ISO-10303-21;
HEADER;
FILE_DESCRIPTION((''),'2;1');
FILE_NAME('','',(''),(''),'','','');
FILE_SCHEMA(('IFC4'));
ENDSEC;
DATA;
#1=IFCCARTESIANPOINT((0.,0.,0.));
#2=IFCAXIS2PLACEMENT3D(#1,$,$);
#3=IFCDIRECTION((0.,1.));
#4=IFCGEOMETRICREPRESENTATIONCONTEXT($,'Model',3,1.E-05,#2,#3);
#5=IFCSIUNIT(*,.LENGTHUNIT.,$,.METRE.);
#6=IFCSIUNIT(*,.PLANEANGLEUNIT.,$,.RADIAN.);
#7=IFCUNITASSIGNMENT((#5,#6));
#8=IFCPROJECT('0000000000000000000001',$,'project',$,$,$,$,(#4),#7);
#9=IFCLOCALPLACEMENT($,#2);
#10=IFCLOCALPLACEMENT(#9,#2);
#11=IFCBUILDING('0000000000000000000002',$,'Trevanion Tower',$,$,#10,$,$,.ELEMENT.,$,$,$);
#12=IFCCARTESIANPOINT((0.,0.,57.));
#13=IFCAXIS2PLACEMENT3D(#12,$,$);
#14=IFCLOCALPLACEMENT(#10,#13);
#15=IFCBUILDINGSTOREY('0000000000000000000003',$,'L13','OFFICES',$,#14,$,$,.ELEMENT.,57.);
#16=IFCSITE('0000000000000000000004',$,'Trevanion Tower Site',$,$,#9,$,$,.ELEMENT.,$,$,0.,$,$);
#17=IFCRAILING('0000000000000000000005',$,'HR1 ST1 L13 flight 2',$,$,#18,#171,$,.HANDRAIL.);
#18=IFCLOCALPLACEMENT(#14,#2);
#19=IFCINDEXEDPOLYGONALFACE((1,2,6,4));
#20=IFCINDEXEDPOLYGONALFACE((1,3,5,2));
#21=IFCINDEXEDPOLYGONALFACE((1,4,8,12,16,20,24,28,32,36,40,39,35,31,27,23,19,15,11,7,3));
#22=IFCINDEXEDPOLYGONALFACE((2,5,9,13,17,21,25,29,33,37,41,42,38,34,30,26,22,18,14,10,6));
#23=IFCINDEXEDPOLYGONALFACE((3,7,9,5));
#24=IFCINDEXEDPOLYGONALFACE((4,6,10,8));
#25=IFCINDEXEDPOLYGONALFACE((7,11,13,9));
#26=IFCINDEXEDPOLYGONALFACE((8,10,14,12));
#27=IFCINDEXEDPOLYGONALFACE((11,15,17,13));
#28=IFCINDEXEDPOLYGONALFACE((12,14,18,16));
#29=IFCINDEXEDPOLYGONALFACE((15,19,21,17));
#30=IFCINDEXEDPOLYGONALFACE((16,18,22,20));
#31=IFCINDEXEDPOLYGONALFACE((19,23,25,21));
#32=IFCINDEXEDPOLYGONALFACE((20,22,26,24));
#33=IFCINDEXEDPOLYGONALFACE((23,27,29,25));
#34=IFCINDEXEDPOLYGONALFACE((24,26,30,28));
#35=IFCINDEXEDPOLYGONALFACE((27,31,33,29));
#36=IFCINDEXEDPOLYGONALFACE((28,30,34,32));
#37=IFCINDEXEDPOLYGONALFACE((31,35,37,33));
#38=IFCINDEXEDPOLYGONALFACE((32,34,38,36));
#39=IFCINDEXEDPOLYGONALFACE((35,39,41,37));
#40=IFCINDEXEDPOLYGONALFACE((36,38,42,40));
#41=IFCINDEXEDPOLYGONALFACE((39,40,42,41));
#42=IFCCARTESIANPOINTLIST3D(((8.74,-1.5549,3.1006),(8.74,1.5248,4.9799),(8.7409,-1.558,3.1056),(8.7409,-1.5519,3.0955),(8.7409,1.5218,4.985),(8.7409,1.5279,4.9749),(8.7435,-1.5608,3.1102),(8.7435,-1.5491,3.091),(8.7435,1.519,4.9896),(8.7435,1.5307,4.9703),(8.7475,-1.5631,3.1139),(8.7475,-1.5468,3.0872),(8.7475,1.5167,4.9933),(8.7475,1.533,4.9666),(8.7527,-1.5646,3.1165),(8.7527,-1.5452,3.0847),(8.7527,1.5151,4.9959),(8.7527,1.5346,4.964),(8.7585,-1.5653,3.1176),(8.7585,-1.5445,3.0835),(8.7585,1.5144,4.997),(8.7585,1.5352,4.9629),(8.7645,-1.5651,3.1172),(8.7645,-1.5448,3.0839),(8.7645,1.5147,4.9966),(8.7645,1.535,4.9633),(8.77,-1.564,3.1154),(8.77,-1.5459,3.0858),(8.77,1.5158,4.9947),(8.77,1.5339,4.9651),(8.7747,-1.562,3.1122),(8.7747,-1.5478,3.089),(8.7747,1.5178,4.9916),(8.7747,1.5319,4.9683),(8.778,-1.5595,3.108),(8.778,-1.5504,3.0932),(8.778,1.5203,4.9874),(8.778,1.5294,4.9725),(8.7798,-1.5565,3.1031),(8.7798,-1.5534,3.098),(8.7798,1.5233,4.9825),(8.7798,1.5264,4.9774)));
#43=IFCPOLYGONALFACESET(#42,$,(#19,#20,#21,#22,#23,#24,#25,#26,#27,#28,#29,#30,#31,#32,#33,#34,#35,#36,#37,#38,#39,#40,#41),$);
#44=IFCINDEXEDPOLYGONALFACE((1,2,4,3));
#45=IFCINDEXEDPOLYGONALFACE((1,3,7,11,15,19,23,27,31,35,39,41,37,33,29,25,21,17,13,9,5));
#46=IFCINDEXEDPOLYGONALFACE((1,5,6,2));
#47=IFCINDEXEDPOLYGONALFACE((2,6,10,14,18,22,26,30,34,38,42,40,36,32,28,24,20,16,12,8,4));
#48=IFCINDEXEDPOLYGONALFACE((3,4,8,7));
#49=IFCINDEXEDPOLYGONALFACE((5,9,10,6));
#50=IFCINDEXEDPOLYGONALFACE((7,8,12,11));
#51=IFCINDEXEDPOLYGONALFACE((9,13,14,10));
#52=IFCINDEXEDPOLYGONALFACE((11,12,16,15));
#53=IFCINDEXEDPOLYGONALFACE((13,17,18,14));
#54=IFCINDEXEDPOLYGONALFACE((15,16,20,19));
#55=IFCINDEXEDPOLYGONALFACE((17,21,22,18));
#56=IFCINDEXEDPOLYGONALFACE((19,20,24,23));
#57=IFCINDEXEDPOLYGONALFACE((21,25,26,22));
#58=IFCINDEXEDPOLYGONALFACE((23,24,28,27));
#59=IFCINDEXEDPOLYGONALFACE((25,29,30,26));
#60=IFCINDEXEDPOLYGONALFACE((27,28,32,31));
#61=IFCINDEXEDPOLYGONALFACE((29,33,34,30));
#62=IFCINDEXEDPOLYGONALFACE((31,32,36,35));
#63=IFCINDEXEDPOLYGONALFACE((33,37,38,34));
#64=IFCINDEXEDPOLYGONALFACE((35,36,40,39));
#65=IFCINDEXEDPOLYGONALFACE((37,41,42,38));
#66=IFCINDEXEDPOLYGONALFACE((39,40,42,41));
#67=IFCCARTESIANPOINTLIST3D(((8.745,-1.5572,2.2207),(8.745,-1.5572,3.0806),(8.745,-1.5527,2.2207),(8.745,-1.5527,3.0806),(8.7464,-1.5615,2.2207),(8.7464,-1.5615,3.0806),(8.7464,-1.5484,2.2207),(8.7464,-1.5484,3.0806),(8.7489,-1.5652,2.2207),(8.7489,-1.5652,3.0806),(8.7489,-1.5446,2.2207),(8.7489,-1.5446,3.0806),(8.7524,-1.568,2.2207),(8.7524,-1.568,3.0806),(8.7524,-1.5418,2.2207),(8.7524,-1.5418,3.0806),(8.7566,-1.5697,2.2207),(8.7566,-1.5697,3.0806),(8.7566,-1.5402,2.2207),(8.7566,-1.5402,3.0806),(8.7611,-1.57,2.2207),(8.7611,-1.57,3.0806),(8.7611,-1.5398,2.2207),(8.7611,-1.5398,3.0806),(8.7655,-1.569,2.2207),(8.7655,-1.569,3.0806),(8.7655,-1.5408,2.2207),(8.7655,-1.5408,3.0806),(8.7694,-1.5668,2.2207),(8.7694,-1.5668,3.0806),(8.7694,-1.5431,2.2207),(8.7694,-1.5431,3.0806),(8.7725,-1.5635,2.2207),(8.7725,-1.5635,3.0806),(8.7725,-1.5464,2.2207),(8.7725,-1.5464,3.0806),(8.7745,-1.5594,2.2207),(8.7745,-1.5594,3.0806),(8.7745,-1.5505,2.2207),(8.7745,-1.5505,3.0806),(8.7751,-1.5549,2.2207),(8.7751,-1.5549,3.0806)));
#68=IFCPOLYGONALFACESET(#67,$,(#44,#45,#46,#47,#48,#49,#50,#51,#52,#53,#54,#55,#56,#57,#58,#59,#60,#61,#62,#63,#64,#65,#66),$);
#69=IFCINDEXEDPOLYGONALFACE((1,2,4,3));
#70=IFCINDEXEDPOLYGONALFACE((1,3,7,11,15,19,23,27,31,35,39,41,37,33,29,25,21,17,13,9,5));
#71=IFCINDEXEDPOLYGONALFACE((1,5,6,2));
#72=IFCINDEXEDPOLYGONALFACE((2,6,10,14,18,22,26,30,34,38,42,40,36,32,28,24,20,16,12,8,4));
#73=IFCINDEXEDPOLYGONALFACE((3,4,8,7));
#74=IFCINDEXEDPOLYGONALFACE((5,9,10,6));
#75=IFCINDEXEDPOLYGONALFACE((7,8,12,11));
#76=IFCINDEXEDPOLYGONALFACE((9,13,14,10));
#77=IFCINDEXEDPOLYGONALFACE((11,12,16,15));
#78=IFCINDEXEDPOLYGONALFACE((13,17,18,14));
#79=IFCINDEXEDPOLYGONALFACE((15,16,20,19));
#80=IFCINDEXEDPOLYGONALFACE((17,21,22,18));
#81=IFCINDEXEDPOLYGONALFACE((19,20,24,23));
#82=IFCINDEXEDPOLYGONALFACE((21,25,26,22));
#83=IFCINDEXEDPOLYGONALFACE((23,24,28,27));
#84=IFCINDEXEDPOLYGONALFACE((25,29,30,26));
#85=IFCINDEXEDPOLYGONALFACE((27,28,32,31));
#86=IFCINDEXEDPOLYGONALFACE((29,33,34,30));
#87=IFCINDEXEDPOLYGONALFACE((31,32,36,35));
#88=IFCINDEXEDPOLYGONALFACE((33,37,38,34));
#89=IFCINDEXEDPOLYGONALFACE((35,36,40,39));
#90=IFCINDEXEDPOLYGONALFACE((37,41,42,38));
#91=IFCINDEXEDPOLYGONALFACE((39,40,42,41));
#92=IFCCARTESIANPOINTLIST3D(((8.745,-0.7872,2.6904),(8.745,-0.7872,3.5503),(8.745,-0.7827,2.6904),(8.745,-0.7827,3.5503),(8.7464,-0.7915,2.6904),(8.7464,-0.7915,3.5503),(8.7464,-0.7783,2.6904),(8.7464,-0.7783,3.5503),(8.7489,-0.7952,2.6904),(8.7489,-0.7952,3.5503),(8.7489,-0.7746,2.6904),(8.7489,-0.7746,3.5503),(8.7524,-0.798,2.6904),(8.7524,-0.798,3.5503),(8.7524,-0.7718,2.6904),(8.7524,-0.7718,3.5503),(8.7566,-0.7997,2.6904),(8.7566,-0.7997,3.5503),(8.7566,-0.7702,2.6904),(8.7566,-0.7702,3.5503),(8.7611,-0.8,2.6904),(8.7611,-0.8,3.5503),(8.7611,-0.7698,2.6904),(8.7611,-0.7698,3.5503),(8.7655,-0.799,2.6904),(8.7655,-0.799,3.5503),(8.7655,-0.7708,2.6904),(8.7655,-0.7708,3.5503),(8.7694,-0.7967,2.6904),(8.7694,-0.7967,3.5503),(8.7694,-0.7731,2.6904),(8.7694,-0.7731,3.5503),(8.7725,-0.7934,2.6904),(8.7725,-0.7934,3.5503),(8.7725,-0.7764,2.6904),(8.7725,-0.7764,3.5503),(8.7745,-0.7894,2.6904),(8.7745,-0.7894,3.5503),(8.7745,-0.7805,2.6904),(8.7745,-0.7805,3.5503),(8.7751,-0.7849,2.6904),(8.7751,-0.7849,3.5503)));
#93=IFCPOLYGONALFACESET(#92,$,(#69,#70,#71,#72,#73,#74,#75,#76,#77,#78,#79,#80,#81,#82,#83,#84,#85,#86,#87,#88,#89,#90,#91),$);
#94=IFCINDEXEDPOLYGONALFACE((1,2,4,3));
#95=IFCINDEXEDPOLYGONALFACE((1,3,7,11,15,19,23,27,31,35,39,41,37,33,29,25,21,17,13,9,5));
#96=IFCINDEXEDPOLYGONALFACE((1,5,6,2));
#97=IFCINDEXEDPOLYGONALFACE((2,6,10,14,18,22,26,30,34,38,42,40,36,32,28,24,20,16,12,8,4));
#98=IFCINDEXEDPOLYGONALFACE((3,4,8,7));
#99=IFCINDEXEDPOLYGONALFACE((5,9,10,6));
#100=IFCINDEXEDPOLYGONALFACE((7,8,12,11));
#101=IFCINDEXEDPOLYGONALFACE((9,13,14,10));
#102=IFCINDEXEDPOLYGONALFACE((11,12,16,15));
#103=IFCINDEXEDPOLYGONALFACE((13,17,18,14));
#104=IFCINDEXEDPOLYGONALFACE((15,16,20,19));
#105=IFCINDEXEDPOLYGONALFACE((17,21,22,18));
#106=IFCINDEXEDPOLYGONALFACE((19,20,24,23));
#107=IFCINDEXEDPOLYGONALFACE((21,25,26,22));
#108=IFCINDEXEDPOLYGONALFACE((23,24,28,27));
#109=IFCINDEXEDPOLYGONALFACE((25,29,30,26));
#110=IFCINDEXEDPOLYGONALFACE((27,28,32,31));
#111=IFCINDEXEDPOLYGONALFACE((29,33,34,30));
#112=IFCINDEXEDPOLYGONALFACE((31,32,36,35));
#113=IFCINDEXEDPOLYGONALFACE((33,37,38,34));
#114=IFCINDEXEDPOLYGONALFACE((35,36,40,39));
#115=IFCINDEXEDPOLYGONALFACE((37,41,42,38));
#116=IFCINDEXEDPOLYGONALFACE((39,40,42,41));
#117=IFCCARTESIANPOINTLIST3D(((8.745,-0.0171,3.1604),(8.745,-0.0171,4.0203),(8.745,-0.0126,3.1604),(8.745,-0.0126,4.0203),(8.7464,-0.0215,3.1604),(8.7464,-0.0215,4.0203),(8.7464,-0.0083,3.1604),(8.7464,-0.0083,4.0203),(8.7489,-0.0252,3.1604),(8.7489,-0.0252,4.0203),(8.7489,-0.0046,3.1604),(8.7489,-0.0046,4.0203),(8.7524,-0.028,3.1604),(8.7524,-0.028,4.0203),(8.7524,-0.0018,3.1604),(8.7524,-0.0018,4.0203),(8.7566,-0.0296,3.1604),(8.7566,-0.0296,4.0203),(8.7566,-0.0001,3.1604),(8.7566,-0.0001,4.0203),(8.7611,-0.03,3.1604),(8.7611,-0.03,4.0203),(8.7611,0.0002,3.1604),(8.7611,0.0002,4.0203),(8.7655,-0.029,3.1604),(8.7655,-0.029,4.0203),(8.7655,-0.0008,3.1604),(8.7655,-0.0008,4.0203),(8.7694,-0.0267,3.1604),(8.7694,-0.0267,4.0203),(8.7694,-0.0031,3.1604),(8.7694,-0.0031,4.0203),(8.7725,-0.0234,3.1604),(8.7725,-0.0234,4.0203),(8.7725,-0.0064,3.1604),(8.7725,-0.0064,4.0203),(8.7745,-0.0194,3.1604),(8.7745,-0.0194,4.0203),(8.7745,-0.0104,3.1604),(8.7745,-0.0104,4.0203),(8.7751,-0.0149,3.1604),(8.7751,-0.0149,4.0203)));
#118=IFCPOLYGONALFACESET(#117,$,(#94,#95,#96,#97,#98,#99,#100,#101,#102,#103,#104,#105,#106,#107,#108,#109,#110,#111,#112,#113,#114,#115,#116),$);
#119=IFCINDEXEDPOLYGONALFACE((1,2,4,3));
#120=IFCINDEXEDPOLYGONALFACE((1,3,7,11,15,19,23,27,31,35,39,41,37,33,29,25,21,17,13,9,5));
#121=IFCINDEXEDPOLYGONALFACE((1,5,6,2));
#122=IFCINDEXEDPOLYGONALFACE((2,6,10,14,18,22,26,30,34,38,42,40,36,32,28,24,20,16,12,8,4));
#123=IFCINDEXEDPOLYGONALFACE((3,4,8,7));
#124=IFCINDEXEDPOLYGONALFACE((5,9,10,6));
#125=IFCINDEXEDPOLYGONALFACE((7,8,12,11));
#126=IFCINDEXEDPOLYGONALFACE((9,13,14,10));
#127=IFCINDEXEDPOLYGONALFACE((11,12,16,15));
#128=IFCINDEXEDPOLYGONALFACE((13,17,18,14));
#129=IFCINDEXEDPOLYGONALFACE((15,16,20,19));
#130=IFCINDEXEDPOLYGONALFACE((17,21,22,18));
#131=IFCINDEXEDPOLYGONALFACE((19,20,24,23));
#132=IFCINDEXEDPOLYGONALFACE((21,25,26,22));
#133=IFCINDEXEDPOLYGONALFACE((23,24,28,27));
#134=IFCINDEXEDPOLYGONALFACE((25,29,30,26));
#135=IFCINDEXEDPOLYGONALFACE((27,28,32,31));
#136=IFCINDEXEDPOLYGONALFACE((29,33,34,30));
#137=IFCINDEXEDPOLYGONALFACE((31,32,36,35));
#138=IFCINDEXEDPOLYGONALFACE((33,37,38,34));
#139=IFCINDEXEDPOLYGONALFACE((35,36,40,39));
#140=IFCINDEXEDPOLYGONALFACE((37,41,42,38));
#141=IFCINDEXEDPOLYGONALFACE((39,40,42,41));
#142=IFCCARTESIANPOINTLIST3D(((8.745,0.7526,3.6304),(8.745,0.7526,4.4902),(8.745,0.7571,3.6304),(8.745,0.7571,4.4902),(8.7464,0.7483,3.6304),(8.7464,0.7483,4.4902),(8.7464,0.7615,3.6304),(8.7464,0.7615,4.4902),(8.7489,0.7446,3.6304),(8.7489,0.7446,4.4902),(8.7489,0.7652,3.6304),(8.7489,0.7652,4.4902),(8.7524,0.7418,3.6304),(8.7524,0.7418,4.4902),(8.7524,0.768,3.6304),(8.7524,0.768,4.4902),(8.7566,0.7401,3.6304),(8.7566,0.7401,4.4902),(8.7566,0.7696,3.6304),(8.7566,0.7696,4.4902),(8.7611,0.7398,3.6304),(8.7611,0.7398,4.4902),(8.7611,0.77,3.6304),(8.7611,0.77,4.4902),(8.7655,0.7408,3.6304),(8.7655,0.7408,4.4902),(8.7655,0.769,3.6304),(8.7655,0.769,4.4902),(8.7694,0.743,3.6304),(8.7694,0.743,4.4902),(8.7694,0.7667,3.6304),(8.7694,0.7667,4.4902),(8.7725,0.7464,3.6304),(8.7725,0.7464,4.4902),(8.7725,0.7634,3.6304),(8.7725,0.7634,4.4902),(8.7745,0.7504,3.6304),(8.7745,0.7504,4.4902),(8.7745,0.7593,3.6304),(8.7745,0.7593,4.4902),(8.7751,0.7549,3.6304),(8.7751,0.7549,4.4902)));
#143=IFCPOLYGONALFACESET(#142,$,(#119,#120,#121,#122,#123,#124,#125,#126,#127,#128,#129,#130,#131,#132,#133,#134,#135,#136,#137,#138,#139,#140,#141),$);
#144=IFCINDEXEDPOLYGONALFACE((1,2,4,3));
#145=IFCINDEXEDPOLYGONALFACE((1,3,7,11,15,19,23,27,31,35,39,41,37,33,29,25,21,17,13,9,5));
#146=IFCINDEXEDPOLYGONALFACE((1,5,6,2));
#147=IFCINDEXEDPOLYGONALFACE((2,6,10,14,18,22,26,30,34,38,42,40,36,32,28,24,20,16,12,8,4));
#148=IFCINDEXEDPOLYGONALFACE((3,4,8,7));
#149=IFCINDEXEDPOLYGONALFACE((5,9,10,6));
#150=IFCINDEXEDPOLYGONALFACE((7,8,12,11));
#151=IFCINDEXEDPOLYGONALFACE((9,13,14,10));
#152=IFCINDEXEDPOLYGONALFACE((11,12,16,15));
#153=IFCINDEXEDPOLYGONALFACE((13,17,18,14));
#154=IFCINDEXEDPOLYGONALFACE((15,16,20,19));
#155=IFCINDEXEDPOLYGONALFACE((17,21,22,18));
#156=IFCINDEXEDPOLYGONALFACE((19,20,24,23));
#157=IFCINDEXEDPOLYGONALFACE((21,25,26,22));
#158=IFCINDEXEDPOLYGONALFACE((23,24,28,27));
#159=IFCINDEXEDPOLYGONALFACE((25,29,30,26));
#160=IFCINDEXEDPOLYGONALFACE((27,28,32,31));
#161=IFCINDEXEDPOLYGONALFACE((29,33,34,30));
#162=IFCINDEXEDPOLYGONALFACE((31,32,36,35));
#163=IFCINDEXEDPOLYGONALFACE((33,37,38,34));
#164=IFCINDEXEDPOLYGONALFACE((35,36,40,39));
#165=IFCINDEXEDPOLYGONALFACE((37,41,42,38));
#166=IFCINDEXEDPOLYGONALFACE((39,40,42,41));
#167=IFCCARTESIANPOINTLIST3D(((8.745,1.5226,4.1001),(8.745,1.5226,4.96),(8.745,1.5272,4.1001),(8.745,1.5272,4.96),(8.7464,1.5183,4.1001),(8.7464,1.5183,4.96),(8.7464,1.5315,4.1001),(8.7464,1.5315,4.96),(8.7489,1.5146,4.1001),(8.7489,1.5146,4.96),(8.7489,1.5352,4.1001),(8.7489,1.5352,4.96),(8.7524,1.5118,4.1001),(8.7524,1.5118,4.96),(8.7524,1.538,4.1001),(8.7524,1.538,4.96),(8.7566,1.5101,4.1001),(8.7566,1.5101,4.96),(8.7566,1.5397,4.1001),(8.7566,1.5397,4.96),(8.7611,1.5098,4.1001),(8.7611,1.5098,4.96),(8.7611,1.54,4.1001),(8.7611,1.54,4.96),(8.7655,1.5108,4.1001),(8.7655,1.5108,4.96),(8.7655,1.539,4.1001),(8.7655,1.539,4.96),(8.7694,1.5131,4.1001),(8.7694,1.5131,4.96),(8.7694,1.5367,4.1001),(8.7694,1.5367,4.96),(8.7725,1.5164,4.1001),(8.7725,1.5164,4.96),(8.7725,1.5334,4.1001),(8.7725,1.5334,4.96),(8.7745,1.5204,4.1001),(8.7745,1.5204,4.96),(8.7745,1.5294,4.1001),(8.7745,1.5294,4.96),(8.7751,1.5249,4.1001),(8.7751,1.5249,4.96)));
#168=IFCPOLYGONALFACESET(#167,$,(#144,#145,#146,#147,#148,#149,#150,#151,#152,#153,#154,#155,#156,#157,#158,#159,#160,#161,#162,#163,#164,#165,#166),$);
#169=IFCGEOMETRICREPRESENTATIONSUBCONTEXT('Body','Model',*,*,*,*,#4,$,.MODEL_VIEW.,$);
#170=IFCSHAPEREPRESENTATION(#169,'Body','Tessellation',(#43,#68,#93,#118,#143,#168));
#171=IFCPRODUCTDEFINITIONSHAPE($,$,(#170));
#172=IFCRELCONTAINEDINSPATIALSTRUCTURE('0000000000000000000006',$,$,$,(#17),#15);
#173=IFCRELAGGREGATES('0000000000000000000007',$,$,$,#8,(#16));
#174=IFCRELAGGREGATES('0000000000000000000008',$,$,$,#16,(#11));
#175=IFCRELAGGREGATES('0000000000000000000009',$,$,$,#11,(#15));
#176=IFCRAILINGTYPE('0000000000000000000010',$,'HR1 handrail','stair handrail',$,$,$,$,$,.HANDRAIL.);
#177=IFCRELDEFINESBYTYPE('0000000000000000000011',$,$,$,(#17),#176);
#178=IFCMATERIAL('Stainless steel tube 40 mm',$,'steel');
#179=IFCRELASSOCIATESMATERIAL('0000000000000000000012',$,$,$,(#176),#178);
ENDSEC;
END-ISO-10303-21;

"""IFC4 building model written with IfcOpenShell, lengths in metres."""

from ifc_helpers import new_model, si_unit, direction, frame, origin, origin_2d, place, context, subcontext, project, spatial, circle, extrude, material, type_object, element, save


model = new_model("IFC4")

# Units and contexts
model_context = context("Model", 3, precision=1e-05, world=origin(), true_north=direction((0.0, 1.0)))
body_context = subcontext(model_context, "Body", "Model", "MODEL_VIEW")
ifc_project = project(units=[si_unit("LENGTHUNIT", "METRE"), si_unit("PLANEANGLEUNIT", "RADIAN")], contexts=[model_context])

# Site, building, storey
site_placement = place(None, origin())
site = spatial("IfcSite", under=ifc_project, at=site_placement, Name="Trevanion Tower Site", CompositionType="ELEMENT", RefElevation=0.0)
building_placement = place(site_placement, origin())
building = spatial("IfcBuilding", under=site, at=building_placement, Name="Trevanion Tower", CompositionType="ELEMENT")
storey_placement = place(building_placement, frame((0.0, 0.0, 57.0)))
storey = spatial("IfcBuildingStorey", under=building, at=storey_placement, Name="L13", Description="OFFICES", CompositionType="ELEMENT", Elevation=57.0)

# Railing
ifc_material_1 = material(Name="Stainless steel tube 40 mm", Category="steel")
railing_type = type_object("IfcRailingType", Name="HR1 handrail", Description="stair handrail", PredefinedType="HANDRAIL", material=ifc_material_1)
for number, where, name in (
    (1, (8.76, -1.5549, 2.2207), "HR1 ST1 L13 flight 2"),
):
    element("IfcRailing", number, at=place(storey_placement, frame(where)), inside=storey, type_object=railing_type, Name=name, PredefinedType="HANDRAIL", context=body_context, shape_type="SweptSolid", body=[
        extrude(circle(Radius=0.02, at=origin_2d()), frame((0.0, 0.0, 0.8799), z_axis=(0.0, 0.853618, 0.5209), x_axis=(-1.0, 0.0, 0.0)), (0.0, 0.0, 1.0), 3.6079),
        extrude(circle(Radius=0.0151, at=origin_2d()), origin(), (0.0, 0.0, 1.0), 0.8599),
        extrude(circle(Radius=0.0151, at=origin_2d()), frame((0.0, 0.77, 0.4697)), (0.0, 0.0, 1.0), 0.8599),
        extrude(circle(Radius=0.0151, at=origin_2d()), frame((0.0, 1.54, 0.9397)), (0.0, 0.0, 1.0), 0.8599),
        extrude(circle(Radius=0.0151, at=origin_2d()), frame((0.0, 2.3098, 1.4097)), (0.0, 0.0, 1.0), 0.8599),
        extrude(circle(Radius=0.0151, at=origin_2d()), frame((0.0, 3.0798, 1.8794)), (0.0, 0.0, 1.0), 0.8599),
    ])

save(model, "model.ifc")
